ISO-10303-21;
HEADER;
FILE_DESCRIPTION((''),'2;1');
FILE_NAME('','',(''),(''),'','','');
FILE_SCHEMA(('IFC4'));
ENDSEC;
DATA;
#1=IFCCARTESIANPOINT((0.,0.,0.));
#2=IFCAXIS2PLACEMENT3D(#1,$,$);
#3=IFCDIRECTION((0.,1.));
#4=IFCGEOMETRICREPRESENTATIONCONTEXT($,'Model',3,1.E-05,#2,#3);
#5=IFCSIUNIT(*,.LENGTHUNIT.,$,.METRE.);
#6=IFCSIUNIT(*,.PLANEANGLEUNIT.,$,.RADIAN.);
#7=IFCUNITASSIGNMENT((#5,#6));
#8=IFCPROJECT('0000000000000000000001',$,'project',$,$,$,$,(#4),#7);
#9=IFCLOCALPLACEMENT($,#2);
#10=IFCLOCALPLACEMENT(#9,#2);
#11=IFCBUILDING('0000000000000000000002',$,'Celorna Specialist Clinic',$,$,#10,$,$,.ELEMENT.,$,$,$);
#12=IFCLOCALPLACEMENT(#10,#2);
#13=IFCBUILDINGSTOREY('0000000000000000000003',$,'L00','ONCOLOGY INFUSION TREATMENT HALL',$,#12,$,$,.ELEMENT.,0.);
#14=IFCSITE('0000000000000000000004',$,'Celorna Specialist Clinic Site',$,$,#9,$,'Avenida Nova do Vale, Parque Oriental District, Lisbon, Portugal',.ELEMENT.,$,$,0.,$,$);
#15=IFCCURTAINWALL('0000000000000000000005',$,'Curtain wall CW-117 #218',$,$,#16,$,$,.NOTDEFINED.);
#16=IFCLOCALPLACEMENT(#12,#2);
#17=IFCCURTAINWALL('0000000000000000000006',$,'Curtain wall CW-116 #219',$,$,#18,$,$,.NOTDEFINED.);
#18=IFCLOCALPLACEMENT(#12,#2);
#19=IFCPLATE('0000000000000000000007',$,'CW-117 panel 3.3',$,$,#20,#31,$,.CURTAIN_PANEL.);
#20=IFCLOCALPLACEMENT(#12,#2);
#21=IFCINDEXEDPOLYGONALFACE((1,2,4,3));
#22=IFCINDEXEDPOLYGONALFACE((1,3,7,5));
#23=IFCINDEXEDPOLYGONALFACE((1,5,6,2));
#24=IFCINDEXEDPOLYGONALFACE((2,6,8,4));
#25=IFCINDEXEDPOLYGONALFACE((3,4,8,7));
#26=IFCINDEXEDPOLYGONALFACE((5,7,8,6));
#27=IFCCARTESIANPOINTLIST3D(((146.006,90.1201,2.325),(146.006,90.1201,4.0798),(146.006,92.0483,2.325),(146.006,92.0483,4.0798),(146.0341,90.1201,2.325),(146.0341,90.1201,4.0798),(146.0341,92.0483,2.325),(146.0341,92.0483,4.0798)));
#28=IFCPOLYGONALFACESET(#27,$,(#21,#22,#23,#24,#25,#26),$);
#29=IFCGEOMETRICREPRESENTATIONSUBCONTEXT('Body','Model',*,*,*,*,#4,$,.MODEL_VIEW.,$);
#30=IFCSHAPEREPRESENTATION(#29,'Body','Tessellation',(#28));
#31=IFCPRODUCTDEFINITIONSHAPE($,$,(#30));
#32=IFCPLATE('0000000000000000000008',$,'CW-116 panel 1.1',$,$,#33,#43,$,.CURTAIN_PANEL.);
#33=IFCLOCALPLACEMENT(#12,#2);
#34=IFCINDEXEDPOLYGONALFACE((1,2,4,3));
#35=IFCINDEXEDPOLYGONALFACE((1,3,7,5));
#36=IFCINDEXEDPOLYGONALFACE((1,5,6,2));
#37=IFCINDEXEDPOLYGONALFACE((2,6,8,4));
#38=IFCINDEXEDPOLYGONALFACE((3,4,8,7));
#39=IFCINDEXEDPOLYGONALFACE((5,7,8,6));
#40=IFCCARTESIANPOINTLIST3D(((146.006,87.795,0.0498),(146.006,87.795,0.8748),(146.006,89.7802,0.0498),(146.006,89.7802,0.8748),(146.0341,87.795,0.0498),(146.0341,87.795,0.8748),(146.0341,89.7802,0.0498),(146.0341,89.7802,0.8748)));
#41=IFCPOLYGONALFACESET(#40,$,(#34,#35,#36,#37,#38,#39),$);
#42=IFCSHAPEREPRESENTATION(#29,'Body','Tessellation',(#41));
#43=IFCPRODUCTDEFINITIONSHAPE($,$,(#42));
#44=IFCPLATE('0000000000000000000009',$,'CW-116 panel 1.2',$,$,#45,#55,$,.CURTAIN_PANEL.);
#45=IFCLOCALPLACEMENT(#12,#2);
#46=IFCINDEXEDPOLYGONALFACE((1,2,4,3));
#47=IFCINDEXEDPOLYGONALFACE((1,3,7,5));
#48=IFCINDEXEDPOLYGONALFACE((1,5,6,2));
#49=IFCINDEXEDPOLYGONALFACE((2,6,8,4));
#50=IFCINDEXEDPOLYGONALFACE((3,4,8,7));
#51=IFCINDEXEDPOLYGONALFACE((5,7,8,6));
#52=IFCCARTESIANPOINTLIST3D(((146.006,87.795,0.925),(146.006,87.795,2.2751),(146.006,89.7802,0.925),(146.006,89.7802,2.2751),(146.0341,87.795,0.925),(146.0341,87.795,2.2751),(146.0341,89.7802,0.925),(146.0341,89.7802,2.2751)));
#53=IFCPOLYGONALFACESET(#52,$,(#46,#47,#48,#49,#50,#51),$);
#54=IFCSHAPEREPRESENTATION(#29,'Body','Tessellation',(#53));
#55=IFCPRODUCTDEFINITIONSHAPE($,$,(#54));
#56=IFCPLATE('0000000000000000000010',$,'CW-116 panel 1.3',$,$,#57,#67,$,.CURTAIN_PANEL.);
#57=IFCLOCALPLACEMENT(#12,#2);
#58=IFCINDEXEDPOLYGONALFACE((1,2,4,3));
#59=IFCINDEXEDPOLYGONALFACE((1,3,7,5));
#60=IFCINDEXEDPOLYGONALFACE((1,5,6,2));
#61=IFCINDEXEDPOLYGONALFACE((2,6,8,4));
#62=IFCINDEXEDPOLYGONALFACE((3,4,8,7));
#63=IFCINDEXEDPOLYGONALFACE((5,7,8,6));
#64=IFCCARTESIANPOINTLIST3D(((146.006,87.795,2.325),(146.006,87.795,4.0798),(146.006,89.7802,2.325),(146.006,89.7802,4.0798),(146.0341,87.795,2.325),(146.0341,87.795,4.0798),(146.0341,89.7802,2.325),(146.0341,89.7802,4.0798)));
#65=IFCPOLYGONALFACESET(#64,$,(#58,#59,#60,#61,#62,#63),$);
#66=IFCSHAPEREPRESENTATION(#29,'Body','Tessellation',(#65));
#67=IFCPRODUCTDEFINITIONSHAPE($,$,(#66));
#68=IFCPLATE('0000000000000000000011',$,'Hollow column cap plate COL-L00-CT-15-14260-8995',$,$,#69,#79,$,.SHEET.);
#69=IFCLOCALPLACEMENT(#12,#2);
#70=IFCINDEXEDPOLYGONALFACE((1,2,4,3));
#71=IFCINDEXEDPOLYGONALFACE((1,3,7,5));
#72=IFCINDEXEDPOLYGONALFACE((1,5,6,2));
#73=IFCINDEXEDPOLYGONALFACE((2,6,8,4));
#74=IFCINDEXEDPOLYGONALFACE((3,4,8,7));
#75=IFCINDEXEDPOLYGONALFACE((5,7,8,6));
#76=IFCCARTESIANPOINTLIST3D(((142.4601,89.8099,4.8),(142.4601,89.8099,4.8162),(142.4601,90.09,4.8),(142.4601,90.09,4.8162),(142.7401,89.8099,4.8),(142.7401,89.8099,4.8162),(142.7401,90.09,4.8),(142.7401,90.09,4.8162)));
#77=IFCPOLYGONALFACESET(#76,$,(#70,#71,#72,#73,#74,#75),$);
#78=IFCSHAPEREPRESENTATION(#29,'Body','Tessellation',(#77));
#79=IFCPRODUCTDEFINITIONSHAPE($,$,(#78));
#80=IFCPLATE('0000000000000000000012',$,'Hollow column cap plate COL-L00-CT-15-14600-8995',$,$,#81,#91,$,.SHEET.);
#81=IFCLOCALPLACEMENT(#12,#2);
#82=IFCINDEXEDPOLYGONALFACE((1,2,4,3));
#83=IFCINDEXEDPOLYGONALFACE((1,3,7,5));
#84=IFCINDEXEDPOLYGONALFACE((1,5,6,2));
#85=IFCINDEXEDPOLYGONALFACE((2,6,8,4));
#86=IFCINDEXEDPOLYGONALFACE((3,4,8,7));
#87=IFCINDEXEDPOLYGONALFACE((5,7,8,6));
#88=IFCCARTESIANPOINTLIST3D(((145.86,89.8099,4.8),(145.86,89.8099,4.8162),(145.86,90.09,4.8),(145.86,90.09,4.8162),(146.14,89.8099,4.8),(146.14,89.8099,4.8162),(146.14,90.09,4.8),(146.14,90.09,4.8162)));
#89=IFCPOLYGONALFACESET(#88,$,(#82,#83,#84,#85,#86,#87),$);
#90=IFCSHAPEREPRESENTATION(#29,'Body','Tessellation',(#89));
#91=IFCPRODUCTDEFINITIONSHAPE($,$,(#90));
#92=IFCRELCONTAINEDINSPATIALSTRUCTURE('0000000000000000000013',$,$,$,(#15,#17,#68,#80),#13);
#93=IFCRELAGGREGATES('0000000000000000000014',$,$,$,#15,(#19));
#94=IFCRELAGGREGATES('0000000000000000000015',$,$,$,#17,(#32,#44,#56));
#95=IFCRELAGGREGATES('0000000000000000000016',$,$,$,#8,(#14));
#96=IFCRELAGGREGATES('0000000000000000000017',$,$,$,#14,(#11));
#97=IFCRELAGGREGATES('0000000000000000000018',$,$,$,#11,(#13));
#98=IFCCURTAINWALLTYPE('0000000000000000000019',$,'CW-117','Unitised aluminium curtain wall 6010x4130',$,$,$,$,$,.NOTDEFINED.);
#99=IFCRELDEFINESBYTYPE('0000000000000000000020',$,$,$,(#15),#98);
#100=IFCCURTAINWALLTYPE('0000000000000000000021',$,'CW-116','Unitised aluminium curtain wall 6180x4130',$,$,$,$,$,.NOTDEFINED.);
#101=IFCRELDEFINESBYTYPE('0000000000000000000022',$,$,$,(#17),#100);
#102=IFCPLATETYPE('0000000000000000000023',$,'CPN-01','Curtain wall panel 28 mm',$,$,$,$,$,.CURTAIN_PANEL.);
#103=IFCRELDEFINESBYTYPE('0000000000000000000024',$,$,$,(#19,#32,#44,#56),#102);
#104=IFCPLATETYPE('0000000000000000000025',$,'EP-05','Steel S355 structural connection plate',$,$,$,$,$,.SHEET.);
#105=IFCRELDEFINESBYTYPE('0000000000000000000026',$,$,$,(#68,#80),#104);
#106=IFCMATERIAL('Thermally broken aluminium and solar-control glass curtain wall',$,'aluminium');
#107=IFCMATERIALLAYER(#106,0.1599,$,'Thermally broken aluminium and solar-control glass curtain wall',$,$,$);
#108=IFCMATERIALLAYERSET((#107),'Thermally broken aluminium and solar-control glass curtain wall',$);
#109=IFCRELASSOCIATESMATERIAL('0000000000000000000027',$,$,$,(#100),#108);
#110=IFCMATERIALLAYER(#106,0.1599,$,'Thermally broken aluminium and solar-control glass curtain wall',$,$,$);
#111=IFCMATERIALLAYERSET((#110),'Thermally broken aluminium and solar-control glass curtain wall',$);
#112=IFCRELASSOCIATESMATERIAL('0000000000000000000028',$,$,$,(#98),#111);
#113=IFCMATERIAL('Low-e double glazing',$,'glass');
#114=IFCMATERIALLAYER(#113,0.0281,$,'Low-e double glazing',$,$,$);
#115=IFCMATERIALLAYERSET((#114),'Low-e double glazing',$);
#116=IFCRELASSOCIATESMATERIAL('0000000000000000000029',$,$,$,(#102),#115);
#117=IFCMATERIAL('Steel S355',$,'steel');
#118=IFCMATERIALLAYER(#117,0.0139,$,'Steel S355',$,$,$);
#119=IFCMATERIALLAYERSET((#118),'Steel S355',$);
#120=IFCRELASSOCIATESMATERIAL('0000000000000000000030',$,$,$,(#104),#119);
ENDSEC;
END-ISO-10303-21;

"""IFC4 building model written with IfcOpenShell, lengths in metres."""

from ifc_helpers import new_model, si_unit, direction, frame, origin, origin_2d, place, context, subcontext, project, spatial, rectangle, extrude, material, layer, layer_set, type_object, element, aggregate, save


model = new_model("IFC4")

# Units and contexts
model_context = context("Model", 3, precision=1e-05, world=origin(), true_north=direction((0.0, 1.0)))
body_context = subcontext(model_context, "Body", "Model", "MODEL_VIEW")
ifc_project = project(units=[si_unit("LENGTHUNIT", "METRE"), si_unit("PLANEANGLEUNIT", "RADIAN")], contexts=[model_context])

# Site, building, storey
site_placement = place(None, origin())
site = spatial("IfcSite", under=ifc_project, at=site_placement, Name="Celorna Specialist Clinic Site", LongName="Avenida Nova do Vale, Parque Oriental District, Lisbon, Portugal", CompositionType="ELEMENT", RefElevation=0.0)
building_placement = place(site_placement, origin())
building = spatial("IfcBuilding", under=site, at=building_placement, Name="Celorna Specialist Clinic", CompositionType="ELEMENT")
storey_placement = place(building_placement, origin())
storey = spatial("IfcBuildingStorey", under=building, at=storey_placement, Name="L00", Description="ONCOLOGY INFUSION TREATMENT HALL", CompositionType="ELEMENT", Elevation=0.0)

# Shared definitions
ifc_material_1 = material(Name="Steel S355", Category="steel")

# Curtain walls
ifc_material_2 = material(Name="Thermally broken aluminium and solar-control glass curtain wall", Category="aluminium")
ifc_layer_1 = layer(ifc_material_2, 0.1599, Name="Thermally broken aluminium and solar-control glass curtain wall")
ifc_layer_set_1 = layer_set([ifc_layer_1], Name="Thermally broken aluminium and solar-control glass curtain wall")
curtain_wall_type_1 = type_object("IfcCurtainWallType", Name="CW-116", Description="Unitised aluminium curtain wall 6180x4130", PredefinedType="NOTDEFINED", material=ifc_layer_set_1)
ifc_layer_2 = layer(ifc_material_2, 0.1599, Name="Thermally broken aluminium and solar-control glass curtain wall")
ifc_layer_set_2 = layer_set([ifc_layer_2], Name="Thermally broken aluminium and solar-control glass curtain wall")
curtain_wall_type_2 = type_object("IfcCurtainWallType", Name="CW-117", Description="Unitised aluminium curtain wall 6010x4130", PredefinedType="NOTDEFINED", material=ifc_layer_set_2)
curtain_wall_1_placement = place(storey_placement, origin())
curtain_wall_1 = element("IfcCurtainWall", 1, at=curtain_wall_1_placement, inside=storey, type_object=curtain_wall_type_2, Name="Curtain wall CW-117 #218", PredefinedType="NOTDEFINED")
curtain_wall_2_placement = place(storey_placement, origin())
curtain_wall_2 = element("IfcCurtainWall", 2, at=curtain_wall_2_placement, inside=storey, type_object=curtain_wall_type_1, Name="Curtain wall CW-116 #219", PredefinedType="NOTDEFINED")

# Plates
ifc_material_3 = material(Name="Low-e double glazing", Category="glass")
ifc_layer_3 = layer(ifc_material_3, 0.0281, Name="Low-e double glazing")
ifc_layer_set_3 = layer_set([ifc_layer_3], Name="Low-e double glazing")
plate_type_1 = type_object("IfcPlateType", Name="CPN-01", Description="Curtain wall panel 28 mm", PredefinedType="CURTAIN_PANEL", material=ifc_layer_set_3)
plate_1_placement = place(storey_placement, frame((146.02, 91.0842, 2.325), z_axis=(0.0, 0.0, 1.0), x_axis=(0.0, -1.0, 0.0)))
plate_1 = element("IfcPlate", 3, at=plate_1_placement, type_object=plate_type_1, Name="CW-117 panel 3.3", PredefinedType="CURTAIN_PANEL", context=body_context, shape_type="SweptSolid", body=[
    extrude(rectangle(XDim=1.9282, YDim=0.0281, at=origin_2d()), origin(), (0.0, 0.0, 1.0), 1.7549),
])
aggregate(curtain_wall_1, [plate_1])
plate_2_placement = place(storey_placement, frame((146.02, 88.7876, 0.0498), z_axis=(0.0, 0.0, 1.0), x_axis=(0.0, -1.0, 0.0)))
plate_2 = element("IfcPlate", 4, at=plate_2_placement, type_object=plate_type_1, Name="CW-116 panel 1.1", PredefinedType="CURTAIN_PANEL", context=body_context, shape_type="SweptSolid", body=[
    extrude(rectangle(XDim=1.9851, YDim=0.0281, at=origin_2d()), origin(), (0.0, 0.0, 1.0), 0.825),
])
plate_3_placement = place(storey_placement, frame((146.02, 88.7876, 0.925), z_axis=(0.0, 0.0, 1.0), x_axis=(0.0, -1.0, 0.0)))
plate_3 = element("IfcPlate", 5, at=plate_3_placement, type_object=plate_type_1, Name="CW-116 panel 1.2", PredefinedType="CURTAIN_PANEL", context=body_context, shape_type="SweptSolid", body=[
    extrude(rectangle(XDim=1.9851, YDim=0.0281, at=origin_2d()), origin(), (0.0, 0.0, 1.0), 1.3501),
])
plate_4_placement = place(storey_placement, frame((146.02, 88.7876, 2.325), z_axis=(0.0, 0.0, 1.0), x_axis=(0.0, -1.0, 0.0)))
plate_4 = element("IfcPlate", 6, at=plate_4_placement, type_object=plate_type_1, Name="CW-116 panel 1.3", PredefinedType="CURTAIN_PANEL", context=body_context, shape_type="SweptSolid", body=[
    extrude(rectangle(XDim=1.9851, YDim=0.0281, at=origin_2d()), origin(), (0.0, 0.0, 1.0), 1.7549),
])
aggregate(curtain_wall_2, [plate_2, plate_3, plate_4])

# Plates
ifc_layer_4 = layer(ifc_material_1, 0.0139, Name="Steel S355")
ifc_layer_set_4 = layer_set([ifc_layer_4], Name="Steel S355")
plate_type_2 = type_object("IfcPlateType", Name="EP-05", Description="Steel S355 structural connection plate", PredefinedType="SHEET", material=ifc_layer_set_4)
for number, where, z_axis, x_axis, name in (
    (7, (142.6001, 89.95, 4.8), (0.0, 0.0, 1.0), (1.0, 0.0, 0.0), "Hollow column cap plate COL-L00-CT-15-14260-8995"),
    (8, (146.0, 89.95, 4.8), (0.0, 0.0, 1.0), (1.0, 0.0, 0.0), "Hollow column cap plate COL-L00-CT-15-14600-8995"),
):
    element("IfcPlate", number, at=place(storey_placement, frame(where, z_axis=z_axis, x_axis=x_axis)), inside=storey, type_object=plate_type_2, Name=name, PredefinedType="SHEET", context=body_context, shape_type="SweptSolid", body=[
        extrude(rectangle(XDim=0.28, YDim=0.28, at=origin_2d()), origin(), (0.0, 0.0, 1.0), 0.0161),
    ])

save(model, "model.ifc")
